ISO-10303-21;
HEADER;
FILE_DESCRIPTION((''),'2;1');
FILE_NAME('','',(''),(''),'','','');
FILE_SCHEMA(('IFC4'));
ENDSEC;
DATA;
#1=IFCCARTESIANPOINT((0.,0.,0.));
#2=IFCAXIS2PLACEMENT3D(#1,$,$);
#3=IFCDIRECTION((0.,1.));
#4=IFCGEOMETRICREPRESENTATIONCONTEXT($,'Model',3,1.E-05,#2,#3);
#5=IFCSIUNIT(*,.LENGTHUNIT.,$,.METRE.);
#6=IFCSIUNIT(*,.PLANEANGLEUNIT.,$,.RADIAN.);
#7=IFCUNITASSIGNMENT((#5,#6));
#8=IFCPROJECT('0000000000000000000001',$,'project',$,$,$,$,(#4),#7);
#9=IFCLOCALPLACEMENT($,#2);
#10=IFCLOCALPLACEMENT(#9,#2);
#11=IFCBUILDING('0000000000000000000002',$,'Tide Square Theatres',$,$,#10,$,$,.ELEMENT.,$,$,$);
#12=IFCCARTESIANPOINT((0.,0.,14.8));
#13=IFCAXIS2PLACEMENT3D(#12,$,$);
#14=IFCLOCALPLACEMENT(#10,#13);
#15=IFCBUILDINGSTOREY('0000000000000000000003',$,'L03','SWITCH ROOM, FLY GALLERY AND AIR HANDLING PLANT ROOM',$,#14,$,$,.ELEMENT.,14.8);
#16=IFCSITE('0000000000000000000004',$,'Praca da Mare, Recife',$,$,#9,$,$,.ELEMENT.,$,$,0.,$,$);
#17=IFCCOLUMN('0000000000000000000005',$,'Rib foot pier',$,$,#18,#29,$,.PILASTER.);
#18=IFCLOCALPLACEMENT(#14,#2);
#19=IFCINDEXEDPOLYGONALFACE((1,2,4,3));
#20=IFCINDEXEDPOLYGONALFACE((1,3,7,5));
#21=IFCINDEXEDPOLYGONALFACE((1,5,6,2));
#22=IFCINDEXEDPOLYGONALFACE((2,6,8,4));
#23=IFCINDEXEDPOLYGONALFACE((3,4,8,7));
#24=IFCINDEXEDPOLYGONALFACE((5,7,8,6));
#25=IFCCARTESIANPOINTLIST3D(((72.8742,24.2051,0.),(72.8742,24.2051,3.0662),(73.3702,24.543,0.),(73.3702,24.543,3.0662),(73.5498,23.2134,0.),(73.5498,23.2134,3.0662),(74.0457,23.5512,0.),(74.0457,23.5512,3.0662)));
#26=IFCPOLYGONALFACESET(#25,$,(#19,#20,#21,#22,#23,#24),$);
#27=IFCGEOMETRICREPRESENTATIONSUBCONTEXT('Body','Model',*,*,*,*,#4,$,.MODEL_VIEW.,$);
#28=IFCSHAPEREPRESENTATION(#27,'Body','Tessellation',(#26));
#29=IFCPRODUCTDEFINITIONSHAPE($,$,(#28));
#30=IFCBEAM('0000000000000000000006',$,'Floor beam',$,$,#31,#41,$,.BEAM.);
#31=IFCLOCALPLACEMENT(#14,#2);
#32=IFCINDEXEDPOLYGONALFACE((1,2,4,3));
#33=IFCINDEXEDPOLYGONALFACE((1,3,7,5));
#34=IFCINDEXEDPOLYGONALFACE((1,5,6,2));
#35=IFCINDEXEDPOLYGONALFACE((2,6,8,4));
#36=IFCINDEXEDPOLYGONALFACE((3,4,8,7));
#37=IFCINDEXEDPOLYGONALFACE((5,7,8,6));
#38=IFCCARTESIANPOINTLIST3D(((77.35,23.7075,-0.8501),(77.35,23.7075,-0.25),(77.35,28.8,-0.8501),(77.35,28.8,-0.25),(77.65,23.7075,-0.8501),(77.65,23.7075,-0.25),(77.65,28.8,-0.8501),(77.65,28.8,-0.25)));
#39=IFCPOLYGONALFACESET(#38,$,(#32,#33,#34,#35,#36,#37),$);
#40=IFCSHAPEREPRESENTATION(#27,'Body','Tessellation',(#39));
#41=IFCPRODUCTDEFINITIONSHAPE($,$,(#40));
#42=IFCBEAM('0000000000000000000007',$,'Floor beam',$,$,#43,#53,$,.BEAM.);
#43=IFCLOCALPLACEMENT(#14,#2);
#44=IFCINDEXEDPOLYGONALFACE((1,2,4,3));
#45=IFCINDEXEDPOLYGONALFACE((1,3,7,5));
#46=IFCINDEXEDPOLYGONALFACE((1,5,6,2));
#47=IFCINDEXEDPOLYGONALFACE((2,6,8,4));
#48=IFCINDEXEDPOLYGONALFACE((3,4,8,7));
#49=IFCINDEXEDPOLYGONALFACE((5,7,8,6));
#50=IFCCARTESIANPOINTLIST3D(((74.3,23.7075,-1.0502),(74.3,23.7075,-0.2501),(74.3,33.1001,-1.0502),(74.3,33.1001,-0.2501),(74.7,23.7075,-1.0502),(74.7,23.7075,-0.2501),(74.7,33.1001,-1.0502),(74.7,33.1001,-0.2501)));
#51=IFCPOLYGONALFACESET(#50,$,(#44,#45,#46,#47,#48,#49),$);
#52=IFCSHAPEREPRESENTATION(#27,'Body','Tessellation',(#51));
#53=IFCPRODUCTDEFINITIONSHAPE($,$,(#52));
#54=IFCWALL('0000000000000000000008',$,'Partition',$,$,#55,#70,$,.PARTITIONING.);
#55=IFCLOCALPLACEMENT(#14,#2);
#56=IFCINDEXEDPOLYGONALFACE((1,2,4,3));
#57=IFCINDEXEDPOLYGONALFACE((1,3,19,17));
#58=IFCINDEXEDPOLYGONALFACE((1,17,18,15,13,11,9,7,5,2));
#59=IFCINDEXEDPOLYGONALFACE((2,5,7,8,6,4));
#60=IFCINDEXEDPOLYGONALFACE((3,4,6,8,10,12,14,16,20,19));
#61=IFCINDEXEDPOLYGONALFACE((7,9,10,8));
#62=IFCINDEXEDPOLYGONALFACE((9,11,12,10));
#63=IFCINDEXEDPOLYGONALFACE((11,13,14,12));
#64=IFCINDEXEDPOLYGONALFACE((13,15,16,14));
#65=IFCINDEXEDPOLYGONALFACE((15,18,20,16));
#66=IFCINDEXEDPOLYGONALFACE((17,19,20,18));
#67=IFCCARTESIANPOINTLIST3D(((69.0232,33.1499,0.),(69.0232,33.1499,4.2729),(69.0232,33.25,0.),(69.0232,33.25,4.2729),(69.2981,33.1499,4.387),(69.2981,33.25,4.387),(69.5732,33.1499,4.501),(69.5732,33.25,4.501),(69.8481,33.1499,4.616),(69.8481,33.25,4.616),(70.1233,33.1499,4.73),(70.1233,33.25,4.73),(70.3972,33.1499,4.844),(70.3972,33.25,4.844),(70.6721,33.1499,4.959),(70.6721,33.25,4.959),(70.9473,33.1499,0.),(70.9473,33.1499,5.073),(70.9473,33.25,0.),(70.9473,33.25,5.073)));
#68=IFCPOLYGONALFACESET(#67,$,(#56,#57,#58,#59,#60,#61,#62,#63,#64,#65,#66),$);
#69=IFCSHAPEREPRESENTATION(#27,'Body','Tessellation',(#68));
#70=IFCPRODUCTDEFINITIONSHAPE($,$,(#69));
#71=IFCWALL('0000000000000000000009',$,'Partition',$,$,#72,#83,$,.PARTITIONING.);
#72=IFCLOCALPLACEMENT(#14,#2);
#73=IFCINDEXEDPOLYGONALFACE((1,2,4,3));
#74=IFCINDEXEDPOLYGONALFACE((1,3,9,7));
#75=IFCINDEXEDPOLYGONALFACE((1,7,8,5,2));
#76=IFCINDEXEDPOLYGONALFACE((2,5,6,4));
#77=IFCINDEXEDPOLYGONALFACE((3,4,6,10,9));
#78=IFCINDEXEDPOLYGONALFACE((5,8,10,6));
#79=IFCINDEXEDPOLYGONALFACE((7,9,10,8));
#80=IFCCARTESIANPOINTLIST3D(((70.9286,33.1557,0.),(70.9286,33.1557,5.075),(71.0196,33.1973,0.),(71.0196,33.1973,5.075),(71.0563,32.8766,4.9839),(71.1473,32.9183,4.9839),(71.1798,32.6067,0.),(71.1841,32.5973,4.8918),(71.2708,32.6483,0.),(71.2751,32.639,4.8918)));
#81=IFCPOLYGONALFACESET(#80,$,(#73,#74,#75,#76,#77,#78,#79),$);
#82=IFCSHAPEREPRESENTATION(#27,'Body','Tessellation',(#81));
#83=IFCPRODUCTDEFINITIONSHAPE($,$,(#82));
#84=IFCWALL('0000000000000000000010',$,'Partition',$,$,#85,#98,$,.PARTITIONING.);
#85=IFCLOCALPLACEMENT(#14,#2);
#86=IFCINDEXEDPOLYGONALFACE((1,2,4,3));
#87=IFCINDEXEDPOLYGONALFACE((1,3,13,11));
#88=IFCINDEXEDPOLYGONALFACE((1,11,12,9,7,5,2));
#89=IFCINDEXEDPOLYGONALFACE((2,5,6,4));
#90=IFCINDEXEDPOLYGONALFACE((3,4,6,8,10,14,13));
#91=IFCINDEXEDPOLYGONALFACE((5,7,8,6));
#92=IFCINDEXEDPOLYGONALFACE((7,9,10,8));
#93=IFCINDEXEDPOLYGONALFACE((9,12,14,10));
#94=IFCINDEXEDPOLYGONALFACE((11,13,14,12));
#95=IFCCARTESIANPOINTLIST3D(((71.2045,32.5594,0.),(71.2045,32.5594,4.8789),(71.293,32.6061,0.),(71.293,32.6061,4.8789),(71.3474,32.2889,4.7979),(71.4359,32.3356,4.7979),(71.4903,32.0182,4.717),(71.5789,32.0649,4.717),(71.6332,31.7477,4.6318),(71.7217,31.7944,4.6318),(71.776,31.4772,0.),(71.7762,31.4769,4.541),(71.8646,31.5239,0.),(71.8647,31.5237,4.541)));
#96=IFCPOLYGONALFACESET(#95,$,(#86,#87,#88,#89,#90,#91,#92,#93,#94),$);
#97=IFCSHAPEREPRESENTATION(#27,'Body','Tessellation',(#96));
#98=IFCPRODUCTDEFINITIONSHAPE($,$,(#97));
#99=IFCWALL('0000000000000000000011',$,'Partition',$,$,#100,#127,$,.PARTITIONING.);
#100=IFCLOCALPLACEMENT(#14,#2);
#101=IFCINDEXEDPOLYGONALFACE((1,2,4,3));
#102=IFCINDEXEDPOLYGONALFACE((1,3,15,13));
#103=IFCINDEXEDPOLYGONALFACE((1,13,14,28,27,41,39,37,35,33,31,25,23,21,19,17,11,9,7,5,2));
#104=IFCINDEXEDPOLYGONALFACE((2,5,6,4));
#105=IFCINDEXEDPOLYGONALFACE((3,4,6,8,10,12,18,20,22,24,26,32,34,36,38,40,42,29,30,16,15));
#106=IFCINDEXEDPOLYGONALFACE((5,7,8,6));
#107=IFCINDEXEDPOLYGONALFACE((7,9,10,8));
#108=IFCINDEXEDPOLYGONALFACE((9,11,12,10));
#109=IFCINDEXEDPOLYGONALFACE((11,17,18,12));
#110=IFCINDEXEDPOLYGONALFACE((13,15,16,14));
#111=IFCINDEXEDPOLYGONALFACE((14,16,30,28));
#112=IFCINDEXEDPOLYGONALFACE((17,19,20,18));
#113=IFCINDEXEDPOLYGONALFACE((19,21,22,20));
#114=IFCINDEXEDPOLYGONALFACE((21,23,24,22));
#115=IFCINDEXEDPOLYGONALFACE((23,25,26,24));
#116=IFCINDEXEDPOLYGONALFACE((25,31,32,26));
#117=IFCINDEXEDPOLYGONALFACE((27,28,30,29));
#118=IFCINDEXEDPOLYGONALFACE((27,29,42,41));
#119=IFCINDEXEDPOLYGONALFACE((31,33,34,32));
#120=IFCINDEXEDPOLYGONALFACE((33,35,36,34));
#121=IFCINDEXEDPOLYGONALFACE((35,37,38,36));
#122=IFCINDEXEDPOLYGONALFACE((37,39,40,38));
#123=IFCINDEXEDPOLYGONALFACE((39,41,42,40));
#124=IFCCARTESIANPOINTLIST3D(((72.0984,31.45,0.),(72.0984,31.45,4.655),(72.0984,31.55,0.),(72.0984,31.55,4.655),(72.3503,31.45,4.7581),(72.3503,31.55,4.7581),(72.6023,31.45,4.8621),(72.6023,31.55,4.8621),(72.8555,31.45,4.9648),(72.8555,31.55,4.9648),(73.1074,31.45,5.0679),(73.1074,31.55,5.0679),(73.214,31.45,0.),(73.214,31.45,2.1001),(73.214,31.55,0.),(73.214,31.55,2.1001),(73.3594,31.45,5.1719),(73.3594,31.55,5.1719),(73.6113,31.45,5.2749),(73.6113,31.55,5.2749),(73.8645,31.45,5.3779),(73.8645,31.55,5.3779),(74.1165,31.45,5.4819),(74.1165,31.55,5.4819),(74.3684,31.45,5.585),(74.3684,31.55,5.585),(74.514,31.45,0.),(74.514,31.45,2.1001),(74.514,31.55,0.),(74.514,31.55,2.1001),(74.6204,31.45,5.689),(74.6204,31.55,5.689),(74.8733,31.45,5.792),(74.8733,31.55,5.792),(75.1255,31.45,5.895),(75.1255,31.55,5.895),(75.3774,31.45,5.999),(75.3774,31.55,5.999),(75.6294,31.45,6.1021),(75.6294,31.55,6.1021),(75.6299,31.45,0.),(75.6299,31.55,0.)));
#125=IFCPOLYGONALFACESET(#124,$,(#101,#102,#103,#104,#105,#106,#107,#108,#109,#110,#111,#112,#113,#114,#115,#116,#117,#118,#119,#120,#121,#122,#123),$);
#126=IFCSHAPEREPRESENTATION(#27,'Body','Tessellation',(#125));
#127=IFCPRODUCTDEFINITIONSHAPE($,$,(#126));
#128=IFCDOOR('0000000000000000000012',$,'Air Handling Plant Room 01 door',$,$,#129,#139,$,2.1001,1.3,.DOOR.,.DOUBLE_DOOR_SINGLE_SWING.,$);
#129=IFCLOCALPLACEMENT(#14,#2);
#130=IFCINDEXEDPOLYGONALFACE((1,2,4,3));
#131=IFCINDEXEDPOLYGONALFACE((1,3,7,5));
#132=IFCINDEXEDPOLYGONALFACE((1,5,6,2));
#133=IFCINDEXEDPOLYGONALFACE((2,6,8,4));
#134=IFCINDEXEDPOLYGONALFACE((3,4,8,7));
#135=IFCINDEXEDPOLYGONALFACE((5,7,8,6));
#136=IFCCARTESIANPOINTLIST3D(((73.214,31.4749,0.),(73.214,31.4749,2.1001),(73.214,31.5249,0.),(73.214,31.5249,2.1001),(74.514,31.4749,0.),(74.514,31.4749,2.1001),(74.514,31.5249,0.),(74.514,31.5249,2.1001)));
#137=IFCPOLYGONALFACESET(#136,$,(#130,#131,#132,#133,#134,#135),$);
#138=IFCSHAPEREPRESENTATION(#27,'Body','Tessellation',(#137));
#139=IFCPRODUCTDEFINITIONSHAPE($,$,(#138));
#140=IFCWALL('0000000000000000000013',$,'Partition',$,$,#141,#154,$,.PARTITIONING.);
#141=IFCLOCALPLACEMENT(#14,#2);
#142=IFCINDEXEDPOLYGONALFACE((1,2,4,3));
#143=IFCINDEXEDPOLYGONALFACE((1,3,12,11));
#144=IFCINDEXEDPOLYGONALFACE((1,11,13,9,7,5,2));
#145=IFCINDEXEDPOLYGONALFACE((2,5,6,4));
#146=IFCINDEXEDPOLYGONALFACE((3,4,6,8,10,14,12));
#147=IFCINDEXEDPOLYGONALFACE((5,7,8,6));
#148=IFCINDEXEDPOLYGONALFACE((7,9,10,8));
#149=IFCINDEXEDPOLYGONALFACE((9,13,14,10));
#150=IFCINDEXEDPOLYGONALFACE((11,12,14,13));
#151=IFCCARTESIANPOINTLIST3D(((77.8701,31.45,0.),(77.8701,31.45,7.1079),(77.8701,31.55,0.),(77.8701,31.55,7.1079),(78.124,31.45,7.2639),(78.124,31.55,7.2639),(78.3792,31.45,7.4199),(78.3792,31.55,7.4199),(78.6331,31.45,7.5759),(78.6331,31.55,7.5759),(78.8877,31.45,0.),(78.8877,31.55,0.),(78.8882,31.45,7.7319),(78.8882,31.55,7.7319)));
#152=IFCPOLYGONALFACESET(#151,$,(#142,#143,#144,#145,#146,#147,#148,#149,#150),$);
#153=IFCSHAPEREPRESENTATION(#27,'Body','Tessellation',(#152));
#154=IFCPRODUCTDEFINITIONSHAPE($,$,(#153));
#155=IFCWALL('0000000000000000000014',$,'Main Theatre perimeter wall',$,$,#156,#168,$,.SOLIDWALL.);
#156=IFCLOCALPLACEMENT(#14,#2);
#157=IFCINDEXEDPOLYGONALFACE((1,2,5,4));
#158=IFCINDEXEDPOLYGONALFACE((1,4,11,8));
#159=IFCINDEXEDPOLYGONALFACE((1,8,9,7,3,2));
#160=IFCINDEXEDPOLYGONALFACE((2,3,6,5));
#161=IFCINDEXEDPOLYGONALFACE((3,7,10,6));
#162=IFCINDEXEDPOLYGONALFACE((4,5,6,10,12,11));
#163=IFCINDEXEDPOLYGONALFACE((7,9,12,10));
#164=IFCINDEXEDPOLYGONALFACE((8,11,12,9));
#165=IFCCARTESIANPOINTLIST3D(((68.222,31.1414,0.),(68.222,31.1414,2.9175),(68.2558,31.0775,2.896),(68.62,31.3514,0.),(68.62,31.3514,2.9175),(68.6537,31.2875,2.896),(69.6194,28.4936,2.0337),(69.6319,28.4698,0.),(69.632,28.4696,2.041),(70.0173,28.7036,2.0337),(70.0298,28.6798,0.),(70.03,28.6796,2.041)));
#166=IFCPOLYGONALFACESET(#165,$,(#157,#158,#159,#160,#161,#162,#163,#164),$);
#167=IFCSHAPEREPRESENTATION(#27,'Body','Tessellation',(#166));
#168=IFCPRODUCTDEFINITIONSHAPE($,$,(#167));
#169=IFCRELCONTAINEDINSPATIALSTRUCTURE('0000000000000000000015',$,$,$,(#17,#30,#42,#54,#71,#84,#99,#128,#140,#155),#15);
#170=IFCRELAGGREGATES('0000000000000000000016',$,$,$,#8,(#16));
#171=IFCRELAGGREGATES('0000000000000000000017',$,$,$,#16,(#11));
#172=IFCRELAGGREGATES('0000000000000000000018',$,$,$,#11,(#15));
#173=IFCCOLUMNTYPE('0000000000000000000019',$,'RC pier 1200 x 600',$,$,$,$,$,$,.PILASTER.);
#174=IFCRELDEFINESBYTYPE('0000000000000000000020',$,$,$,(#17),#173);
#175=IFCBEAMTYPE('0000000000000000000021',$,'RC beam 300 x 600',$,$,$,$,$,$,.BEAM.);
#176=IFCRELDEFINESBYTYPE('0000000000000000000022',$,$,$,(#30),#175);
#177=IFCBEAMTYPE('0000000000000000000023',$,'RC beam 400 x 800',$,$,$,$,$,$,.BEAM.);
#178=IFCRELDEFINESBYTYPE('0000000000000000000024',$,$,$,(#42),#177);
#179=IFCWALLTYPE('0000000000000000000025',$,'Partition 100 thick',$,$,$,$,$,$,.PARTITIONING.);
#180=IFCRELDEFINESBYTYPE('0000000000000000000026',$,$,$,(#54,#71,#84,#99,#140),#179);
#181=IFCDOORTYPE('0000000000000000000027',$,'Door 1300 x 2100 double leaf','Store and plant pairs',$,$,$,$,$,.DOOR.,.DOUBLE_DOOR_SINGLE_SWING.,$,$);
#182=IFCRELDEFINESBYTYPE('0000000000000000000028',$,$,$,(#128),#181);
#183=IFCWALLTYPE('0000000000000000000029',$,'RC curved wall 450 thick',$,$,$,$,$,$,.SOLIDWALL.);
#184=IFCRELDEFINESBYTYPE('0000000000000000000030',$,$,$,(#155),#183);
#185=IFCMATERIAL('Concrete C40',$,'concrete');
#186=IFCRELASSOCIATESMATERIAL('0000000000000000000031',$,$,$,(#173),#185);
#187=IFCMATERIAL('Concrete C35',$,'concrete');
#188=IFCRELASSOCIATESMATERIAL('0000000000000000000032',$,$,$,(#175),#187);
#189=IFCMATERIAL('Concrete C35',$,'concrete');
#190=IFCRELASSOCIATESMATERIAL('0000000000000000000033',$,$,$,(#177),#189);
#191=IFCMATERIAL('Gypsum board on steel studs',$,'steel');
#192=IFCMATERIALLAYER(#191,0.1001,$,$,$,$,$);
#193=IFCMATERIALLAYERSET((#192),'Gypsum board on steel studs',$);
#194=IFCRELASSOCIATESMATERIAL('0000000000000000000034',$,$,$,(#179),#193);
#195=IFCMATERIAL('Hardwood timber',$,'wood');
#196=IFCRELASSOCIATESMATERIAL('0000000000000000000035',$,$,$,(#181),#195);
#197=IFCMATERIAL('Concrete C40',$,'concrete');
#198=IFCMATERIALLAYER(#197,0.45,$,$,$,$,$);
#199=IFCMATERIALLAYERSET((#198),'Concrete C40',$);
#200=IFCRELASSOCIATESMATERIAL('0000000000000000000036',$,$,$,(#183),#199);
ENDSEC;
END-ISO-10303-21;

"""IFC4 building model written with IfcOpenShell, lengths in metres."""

from ifc_helpers import new_model, si_unit, direction, frame, frame_2d, origin, origin_2d, place, context, subcontext, project, spatial, polyline, rectangle, outline, extrude, material, layer, layer_set, material_profile, profile_set, type_object, element, fill, save


model = new_model("IFC4")

# Units and contexts
model_context = context("Model", 3, precision=1e-05, world=origin(), true_north=direction((0.0, 1.0)))
body_context = subcontext(model_context, "Body", "Model", "MODEL_VIEW")
ifc_project = project(units=[si_unit("LENGTHUNIT", "METRE"), si_unit("PLANEANGLEUNIT", "RADIAN")], contexts=[model_context])

# Site, building, storey
site_placement = place(None, origin())
site = spatial("IfcSite", under=ifc_project, at=site_placement, Name="Praca da Mare, Recife", CompositionType="ELEMENT", RefElevation=0.0)
building_placement = place(site_placement, origin())
building = spatial("IfcBuilding", under=site, at=building_placement, Name="Tide Square Theatres", CompositionType="ELEMENT")
storey_placement = place(building_placement, frame((0.0, 0.0, 14.8)))
storey = spatial("IfcBuildingStorey", under=building, at=storey_placement, Name="L03", Description="SWITCH ROOM, FLY GALLERY AND AIR HANDLING PLANT ROOM", CompositionType="ELEMENT", Elevation=14.8)

# Column
ifc_material_1 = material(Name="Concrete C40", Category="concrete")
ifc_material_profile_1 = material_profile(ifc_material_1, rectangle(XDim=1.2, YDim=0.6001, at=origin_2d()))
ifc_profile_set_1 = profile_set([ifc_material_profile_1], Name="Concrete C40")
column_type = type_object("IfcColumnType", Name="RC pier 1200 x 600", PredefinedType="PILASTER", material=ifc_profile_set_1)
column_placement = place(storey_placement, frame((73.46, 23.8782, 0.0), z_axis=(0.0, 0.0, 1.0), x_axis=(0.562978, -0.826472, 0.0)))
element("IfcColumn", 1, at=column_placement, inside=storey, type_object=column_type, Name="Rib foot pier", PredefinedType="PILASTER", context=body_context, shape_type="SweptSolid", body=[
    extrude(rectangle(XDim=1.2, YDim=0.6001, at=origin_2d()), origin(), (0.0, 0.0, 1.0), 3.0662),
])

# Beams
ifc_material_2 = material(Name="Concrete C35", Category="concrete")
ifc_material_profile_2 = material_profile(ifc_material_2, rectangle(XDim=0.3, YDim=0.6001, at=origin_2d()))
ifc_profile_set_2 = profile_set([ifc_material_profile_2], Name="Concrete C35")
beam_type_1 = type_object("IfcBeamType", Name="RC beam 300 x 600", PredefinedType="BEAM", material=ifc_profile_set_2)
beam_1_placement = place(storey_placement, frame((77.5, 23.7075, -0.55), z_axis=(0.0, 1.0, 0.0), x_axis=(-1.0, 0.0, 0.0)))
element("IfcBeam", 2, at=beam_1_placement, inside=storey, type_object=beam_type_1, Name="Floor beam", PredefinedType="BEAM", context=body_context, shape_type="SweptSolid", body=[
    extrude(rectangle(XDim=0.3, YDim=0.6001, at=origin_2d()), origin(), (0.0, 0.0, 1.0), 5.0925),
])
ifc_material_3 = material(Name="Concrete C35", Category="concrete")
ifc_material_profile_3 = material_profile(ifc_material_3, rectangle(XDim=0.3999, YDim=0.8, at=origin_2d()))
ifc_profile_set_3 = profile_set([ifc_material_profile_3], Name="Concrete C35")
beam_type_2 = type_object("IfcBeamType", Name="RC beam 400 x 800", PredefinedType="BEAM", material=ifc_profile_set_3)
beam_2_placement = place(storey_placement, frame((74.5, 23.7075, -0.6501), z_axis=(0.0, 1.0, 0.0), x_axis=(-1.0, 0.0, 0.0)))
element("IfcBeam", 3, at=beam_2_placement, inside=storey, type_object=beam_type_2, Name="Floor beam", PredefinedType="BEAM", context=body_context, shape_type="SweptSolid", body=[
    extrude(rectangle(XDim=0.3999, YDim=0.8, at=origin_2d()), origin(), (0.0, 0.0, 1.0), 9.3926),
])

# Walls
ifc_material_4 = material(Name="Gypsum board on steel studs", Category="steel")
ifc_layer_1 = layer(ifc_material_4, 0.1001)
ifc_layer_set_1 = layer_set([ifc_layer_1], Name="Gypsum board on steel studs")
wall_type_1 = type_object("IfcWallType", Name="Partition 100 thick", PredefinedType="PARTITIONING", material=ifc_layer_set_1)
wall_1_placement = place(storey_placement, frame((69.0232, 33.2, 0.0), z_axis=(0.0, 0.0, 1.0), x_axis=(1.0, 0.0, 0.0)))
element("IfcWall", 4, at=wall_1_placement, inside=storey, type_object=wall_type_1, Name="Partition", PredefinedType="PARTITIONING", context=body_context, shape_type="SweptSolid", body=[
    extrude(outline(polyline([(0.0, 0.0), (1.9241, 0.0), (1.9241, 5.073), (1.6489, 4.959), (1.374, 4.844), (1.1001, 4.73), (0.825, 4.616), (0.55, 4.501), (0.2749, 4.387), (0.0, 4.2729), (0.0, 0.0)])), frame((0.0, 0.05, 0.0), z_axis=(0.0, -1.0, 0.0), x_axis=(1.0, 0.0, 0.0)), (0.0, 0.0, 1.0), 0.1001),
])
wall_2_placement = place(storey_placement, frame((70.9741, 33.1765, 0.0), z_axis=(0.0, 0.0, 1.0), x_axis=(0.416056, -0.909339, 0.0)))
element("IfcWall", 5, at=wall_2_placement, inside=storey, type_object=wall_type_1, Name="Partition", PredefinedType="PARTITIONING", context=body_context, shape_type="SweptSolid", body=[
    extrude(outline(polyline([(0.0, 0.0), (0.6038, 0.0), (0.614, 4.8918), (0.3069, 4.9839), (0.0, 5.075), (0.0, 0.0)])), frame((0.0, 0.05, 0.0), z_axis=(0.0, -1.0, 0.0), x_axis=(1.0, 0.0, 0.0)), (0.0, 0.0, 1.0), 0.1001),
])
wall_3_placement = place(storey_placement, frame((71.2488, 32.5828, 0.0), z_axis=(0.0, 0.0, 1.0), x_axis=(0.466971, -0.884273, 0.0)))
element("IfcWall", 6, at=wall_3_placement, inside=storey, type_object=wall_type_1, Name="Partition", PredefinedType="PARTITIONING", context=body_context, shape_type="SweptSolid", body=[
    extrude(outline(polyline([(0.0, 0.0), (1.2239, 0.0), (1.2241, 4.541), (0.918, 4.6318), (0.6121, 4.717), (0.3059, 4.7979), (0.0, 4.8789), (0.0, 0.0)])), frame((0.0, 0.05, 0.0), z_axis=(0.0, -1.0, 0.0), x_axis=(1.0, 0.0, 0.0)), (0.0, 0.0, 1.0), 0.1001),
])

# Wall, opening, door
wall_4_placement = place(storey_placement, frame((72.0984, 31.5, 0.0), z_axis=(0.0, 0.0, 1.0), x_axis=(1.0, 0.0, 0.0)))
wall_4 = element("IfcWall", 7, at=wall_4_placement, inside=storey, type_object=wall_type_1, Name="Partition", PredefinedType="PARTITIONING", context=body_context, shape_type="SweptSolid", body=[
    extrude(outline(polyline([(0.0, 0.0), (3.5315, 0.0), (3.531, 6.1021), (3.2791, 5.999), (3.0271, 5.895), (2.7749, 5.792), (2.522, 5.689), (2.27, 5.585), (2.0181, 5.4819), (1.7661, 5.3779), (1.5129, 5.2749), (1.261, 5.1719), (1.009, 5.0679), (0.7571, 4.9648), (0.5039, 4.8621), (0.252, 4.7581), (0.0, 4.655), (0.0, 0.0)])), frame((0.0, 0.05, 0.0), z_axis=(0.0, -1.0, 0.0), x_axis=(1.0, 0.0, 0.0)), (0.0, 0.0, 1.0), 0.1001),
])
opening_1_placement = place(wall_4_placement, frame((1.1157, 0.0, 0.0)))
opening_1 = element("IfcOpeningElement", 8, at=opening_1_placement, cuts=wall_4, PredefinedType="OPENING", context=body_context, shape_type="SweptSolid", body=[
    extrude(rectangle(XDim=1.3, YDim=2.1001, at=frame_2d((0.6499, 1.05))), frame((0.0, 0.0601, 0.0), z_axis=(0.0, -1.0, 0.0), x_axis=(1.0, 0.0, 0.0)), (0.0, 0.0, 1.0), 0.1201),
])
ifc_material_5 = material(Name="Hardwood timber", Category="wood")
door_type_1 = type_object("IfcDoorType", Name="Door 1300 x 2100 double leaf", Description="Store and plant pairs", OperationType="DOUBLE_DOOR_SINGLE_SWING", PredefinedType="DOOR", material=ifc_material_5)
door_1_placement = place(opening_1_placement, origin())
door_1 = element("IfcDoor", 9, at=door_1_placement, inside=storey, type_object=door_type_1, Name="Air Handling Plant Room 01 door", OperationType="DOUBLE_DOOR_SINGLE_SWING", OverallHeight=2.1001, OverallWidth=1.3, PredefinedType="DOOR", context=body_context, shape_type="SweptSolid", body=[
    extrude(rectangle(XDim=1.3, YDim=2.1001, at=frame_2d((0.6499, 1.05))), frame((0.0, 0.0249, 0.0), z_axis=(0.0, -1.0, 0.0), x_axis=(1.0, 0.0, 0.0)), (0.0, 0.0, 1.0), 0.05),
])
fill(opening_1, door_1)

# Walls
wall_5_placement = place(storey_placement, frame((77.8701, 31.5, 0.0), z_axis=(0.0, 0.0, 1.0), x_axis=(1.0, 0.0, 0.0)))
element("IfcWall", 10, at=wall_5_placement, inside=storey, type_object=wall_type_1, Name="Partition", PredefinedType="PARTITIONING", context=body_context, shape_type="SweptSolid", body=[
    extrude(outline(polyline([(0.0, 0.0), (1.0176, 0.0), (1.0181, 7.7319), (0.7629, 7.5759), (0.509, 7.4199), (0.2539, 7.2639), (0.0, 7.1079), (0.0, 0.0)])), frame((0.0, 0.05, 0.0), z_axis=(0.0, -1.0, 0.0), x_axis=(1.0, 0.0, 0.0)), (0.0, 0.0, 1.0), 0.1001),
])
ifc_material_6 = material(Name="Concrete C40", Category="concrete")
ifc_layer_2 = layer(ifc_material_6, 0.45)
ifc_layer_set_2 = layer_set([ifc_layer_2], Name="Concrete C40")
wall_type_2 = type_object("IfcWallType", Name="RC curved wall 450 thick", PredefinedType="SOLIDWALL", material=ifc_layer_set_2)
wall_6_placement = place(storey_placement, frame((68.4209, 31.2463, 0.0), z_axis=(0.0, 0.0, 1.0), x_axis=(0.466729, -0.884401, 0.0)))
element("IfcWall", 11, at=wall_6_placement, inside=storey, type_object=wall_type_2, Name="Main Theatre perimeter wall", PredefinedType="SOLIDWALL", context=body_context, shape_type="SweptSolid", body=[
    extrude(outline(polyline([(0.0, 0.0), (3.0208, 0.0), (3.021, 2.041), (2.9939, 2.0337), (0.0723, 2.896), (0.0, 2.9175), (0.0, 0.0)])), frame((0.0, 0.2251, 0.0), z_axis=(0.0, -1.0, 0.0), x_axis=(1.0, 0.0, 0.0)), (0.0, 0.0, 1.0), 0.45),
])

save(model, "model.ifc")
